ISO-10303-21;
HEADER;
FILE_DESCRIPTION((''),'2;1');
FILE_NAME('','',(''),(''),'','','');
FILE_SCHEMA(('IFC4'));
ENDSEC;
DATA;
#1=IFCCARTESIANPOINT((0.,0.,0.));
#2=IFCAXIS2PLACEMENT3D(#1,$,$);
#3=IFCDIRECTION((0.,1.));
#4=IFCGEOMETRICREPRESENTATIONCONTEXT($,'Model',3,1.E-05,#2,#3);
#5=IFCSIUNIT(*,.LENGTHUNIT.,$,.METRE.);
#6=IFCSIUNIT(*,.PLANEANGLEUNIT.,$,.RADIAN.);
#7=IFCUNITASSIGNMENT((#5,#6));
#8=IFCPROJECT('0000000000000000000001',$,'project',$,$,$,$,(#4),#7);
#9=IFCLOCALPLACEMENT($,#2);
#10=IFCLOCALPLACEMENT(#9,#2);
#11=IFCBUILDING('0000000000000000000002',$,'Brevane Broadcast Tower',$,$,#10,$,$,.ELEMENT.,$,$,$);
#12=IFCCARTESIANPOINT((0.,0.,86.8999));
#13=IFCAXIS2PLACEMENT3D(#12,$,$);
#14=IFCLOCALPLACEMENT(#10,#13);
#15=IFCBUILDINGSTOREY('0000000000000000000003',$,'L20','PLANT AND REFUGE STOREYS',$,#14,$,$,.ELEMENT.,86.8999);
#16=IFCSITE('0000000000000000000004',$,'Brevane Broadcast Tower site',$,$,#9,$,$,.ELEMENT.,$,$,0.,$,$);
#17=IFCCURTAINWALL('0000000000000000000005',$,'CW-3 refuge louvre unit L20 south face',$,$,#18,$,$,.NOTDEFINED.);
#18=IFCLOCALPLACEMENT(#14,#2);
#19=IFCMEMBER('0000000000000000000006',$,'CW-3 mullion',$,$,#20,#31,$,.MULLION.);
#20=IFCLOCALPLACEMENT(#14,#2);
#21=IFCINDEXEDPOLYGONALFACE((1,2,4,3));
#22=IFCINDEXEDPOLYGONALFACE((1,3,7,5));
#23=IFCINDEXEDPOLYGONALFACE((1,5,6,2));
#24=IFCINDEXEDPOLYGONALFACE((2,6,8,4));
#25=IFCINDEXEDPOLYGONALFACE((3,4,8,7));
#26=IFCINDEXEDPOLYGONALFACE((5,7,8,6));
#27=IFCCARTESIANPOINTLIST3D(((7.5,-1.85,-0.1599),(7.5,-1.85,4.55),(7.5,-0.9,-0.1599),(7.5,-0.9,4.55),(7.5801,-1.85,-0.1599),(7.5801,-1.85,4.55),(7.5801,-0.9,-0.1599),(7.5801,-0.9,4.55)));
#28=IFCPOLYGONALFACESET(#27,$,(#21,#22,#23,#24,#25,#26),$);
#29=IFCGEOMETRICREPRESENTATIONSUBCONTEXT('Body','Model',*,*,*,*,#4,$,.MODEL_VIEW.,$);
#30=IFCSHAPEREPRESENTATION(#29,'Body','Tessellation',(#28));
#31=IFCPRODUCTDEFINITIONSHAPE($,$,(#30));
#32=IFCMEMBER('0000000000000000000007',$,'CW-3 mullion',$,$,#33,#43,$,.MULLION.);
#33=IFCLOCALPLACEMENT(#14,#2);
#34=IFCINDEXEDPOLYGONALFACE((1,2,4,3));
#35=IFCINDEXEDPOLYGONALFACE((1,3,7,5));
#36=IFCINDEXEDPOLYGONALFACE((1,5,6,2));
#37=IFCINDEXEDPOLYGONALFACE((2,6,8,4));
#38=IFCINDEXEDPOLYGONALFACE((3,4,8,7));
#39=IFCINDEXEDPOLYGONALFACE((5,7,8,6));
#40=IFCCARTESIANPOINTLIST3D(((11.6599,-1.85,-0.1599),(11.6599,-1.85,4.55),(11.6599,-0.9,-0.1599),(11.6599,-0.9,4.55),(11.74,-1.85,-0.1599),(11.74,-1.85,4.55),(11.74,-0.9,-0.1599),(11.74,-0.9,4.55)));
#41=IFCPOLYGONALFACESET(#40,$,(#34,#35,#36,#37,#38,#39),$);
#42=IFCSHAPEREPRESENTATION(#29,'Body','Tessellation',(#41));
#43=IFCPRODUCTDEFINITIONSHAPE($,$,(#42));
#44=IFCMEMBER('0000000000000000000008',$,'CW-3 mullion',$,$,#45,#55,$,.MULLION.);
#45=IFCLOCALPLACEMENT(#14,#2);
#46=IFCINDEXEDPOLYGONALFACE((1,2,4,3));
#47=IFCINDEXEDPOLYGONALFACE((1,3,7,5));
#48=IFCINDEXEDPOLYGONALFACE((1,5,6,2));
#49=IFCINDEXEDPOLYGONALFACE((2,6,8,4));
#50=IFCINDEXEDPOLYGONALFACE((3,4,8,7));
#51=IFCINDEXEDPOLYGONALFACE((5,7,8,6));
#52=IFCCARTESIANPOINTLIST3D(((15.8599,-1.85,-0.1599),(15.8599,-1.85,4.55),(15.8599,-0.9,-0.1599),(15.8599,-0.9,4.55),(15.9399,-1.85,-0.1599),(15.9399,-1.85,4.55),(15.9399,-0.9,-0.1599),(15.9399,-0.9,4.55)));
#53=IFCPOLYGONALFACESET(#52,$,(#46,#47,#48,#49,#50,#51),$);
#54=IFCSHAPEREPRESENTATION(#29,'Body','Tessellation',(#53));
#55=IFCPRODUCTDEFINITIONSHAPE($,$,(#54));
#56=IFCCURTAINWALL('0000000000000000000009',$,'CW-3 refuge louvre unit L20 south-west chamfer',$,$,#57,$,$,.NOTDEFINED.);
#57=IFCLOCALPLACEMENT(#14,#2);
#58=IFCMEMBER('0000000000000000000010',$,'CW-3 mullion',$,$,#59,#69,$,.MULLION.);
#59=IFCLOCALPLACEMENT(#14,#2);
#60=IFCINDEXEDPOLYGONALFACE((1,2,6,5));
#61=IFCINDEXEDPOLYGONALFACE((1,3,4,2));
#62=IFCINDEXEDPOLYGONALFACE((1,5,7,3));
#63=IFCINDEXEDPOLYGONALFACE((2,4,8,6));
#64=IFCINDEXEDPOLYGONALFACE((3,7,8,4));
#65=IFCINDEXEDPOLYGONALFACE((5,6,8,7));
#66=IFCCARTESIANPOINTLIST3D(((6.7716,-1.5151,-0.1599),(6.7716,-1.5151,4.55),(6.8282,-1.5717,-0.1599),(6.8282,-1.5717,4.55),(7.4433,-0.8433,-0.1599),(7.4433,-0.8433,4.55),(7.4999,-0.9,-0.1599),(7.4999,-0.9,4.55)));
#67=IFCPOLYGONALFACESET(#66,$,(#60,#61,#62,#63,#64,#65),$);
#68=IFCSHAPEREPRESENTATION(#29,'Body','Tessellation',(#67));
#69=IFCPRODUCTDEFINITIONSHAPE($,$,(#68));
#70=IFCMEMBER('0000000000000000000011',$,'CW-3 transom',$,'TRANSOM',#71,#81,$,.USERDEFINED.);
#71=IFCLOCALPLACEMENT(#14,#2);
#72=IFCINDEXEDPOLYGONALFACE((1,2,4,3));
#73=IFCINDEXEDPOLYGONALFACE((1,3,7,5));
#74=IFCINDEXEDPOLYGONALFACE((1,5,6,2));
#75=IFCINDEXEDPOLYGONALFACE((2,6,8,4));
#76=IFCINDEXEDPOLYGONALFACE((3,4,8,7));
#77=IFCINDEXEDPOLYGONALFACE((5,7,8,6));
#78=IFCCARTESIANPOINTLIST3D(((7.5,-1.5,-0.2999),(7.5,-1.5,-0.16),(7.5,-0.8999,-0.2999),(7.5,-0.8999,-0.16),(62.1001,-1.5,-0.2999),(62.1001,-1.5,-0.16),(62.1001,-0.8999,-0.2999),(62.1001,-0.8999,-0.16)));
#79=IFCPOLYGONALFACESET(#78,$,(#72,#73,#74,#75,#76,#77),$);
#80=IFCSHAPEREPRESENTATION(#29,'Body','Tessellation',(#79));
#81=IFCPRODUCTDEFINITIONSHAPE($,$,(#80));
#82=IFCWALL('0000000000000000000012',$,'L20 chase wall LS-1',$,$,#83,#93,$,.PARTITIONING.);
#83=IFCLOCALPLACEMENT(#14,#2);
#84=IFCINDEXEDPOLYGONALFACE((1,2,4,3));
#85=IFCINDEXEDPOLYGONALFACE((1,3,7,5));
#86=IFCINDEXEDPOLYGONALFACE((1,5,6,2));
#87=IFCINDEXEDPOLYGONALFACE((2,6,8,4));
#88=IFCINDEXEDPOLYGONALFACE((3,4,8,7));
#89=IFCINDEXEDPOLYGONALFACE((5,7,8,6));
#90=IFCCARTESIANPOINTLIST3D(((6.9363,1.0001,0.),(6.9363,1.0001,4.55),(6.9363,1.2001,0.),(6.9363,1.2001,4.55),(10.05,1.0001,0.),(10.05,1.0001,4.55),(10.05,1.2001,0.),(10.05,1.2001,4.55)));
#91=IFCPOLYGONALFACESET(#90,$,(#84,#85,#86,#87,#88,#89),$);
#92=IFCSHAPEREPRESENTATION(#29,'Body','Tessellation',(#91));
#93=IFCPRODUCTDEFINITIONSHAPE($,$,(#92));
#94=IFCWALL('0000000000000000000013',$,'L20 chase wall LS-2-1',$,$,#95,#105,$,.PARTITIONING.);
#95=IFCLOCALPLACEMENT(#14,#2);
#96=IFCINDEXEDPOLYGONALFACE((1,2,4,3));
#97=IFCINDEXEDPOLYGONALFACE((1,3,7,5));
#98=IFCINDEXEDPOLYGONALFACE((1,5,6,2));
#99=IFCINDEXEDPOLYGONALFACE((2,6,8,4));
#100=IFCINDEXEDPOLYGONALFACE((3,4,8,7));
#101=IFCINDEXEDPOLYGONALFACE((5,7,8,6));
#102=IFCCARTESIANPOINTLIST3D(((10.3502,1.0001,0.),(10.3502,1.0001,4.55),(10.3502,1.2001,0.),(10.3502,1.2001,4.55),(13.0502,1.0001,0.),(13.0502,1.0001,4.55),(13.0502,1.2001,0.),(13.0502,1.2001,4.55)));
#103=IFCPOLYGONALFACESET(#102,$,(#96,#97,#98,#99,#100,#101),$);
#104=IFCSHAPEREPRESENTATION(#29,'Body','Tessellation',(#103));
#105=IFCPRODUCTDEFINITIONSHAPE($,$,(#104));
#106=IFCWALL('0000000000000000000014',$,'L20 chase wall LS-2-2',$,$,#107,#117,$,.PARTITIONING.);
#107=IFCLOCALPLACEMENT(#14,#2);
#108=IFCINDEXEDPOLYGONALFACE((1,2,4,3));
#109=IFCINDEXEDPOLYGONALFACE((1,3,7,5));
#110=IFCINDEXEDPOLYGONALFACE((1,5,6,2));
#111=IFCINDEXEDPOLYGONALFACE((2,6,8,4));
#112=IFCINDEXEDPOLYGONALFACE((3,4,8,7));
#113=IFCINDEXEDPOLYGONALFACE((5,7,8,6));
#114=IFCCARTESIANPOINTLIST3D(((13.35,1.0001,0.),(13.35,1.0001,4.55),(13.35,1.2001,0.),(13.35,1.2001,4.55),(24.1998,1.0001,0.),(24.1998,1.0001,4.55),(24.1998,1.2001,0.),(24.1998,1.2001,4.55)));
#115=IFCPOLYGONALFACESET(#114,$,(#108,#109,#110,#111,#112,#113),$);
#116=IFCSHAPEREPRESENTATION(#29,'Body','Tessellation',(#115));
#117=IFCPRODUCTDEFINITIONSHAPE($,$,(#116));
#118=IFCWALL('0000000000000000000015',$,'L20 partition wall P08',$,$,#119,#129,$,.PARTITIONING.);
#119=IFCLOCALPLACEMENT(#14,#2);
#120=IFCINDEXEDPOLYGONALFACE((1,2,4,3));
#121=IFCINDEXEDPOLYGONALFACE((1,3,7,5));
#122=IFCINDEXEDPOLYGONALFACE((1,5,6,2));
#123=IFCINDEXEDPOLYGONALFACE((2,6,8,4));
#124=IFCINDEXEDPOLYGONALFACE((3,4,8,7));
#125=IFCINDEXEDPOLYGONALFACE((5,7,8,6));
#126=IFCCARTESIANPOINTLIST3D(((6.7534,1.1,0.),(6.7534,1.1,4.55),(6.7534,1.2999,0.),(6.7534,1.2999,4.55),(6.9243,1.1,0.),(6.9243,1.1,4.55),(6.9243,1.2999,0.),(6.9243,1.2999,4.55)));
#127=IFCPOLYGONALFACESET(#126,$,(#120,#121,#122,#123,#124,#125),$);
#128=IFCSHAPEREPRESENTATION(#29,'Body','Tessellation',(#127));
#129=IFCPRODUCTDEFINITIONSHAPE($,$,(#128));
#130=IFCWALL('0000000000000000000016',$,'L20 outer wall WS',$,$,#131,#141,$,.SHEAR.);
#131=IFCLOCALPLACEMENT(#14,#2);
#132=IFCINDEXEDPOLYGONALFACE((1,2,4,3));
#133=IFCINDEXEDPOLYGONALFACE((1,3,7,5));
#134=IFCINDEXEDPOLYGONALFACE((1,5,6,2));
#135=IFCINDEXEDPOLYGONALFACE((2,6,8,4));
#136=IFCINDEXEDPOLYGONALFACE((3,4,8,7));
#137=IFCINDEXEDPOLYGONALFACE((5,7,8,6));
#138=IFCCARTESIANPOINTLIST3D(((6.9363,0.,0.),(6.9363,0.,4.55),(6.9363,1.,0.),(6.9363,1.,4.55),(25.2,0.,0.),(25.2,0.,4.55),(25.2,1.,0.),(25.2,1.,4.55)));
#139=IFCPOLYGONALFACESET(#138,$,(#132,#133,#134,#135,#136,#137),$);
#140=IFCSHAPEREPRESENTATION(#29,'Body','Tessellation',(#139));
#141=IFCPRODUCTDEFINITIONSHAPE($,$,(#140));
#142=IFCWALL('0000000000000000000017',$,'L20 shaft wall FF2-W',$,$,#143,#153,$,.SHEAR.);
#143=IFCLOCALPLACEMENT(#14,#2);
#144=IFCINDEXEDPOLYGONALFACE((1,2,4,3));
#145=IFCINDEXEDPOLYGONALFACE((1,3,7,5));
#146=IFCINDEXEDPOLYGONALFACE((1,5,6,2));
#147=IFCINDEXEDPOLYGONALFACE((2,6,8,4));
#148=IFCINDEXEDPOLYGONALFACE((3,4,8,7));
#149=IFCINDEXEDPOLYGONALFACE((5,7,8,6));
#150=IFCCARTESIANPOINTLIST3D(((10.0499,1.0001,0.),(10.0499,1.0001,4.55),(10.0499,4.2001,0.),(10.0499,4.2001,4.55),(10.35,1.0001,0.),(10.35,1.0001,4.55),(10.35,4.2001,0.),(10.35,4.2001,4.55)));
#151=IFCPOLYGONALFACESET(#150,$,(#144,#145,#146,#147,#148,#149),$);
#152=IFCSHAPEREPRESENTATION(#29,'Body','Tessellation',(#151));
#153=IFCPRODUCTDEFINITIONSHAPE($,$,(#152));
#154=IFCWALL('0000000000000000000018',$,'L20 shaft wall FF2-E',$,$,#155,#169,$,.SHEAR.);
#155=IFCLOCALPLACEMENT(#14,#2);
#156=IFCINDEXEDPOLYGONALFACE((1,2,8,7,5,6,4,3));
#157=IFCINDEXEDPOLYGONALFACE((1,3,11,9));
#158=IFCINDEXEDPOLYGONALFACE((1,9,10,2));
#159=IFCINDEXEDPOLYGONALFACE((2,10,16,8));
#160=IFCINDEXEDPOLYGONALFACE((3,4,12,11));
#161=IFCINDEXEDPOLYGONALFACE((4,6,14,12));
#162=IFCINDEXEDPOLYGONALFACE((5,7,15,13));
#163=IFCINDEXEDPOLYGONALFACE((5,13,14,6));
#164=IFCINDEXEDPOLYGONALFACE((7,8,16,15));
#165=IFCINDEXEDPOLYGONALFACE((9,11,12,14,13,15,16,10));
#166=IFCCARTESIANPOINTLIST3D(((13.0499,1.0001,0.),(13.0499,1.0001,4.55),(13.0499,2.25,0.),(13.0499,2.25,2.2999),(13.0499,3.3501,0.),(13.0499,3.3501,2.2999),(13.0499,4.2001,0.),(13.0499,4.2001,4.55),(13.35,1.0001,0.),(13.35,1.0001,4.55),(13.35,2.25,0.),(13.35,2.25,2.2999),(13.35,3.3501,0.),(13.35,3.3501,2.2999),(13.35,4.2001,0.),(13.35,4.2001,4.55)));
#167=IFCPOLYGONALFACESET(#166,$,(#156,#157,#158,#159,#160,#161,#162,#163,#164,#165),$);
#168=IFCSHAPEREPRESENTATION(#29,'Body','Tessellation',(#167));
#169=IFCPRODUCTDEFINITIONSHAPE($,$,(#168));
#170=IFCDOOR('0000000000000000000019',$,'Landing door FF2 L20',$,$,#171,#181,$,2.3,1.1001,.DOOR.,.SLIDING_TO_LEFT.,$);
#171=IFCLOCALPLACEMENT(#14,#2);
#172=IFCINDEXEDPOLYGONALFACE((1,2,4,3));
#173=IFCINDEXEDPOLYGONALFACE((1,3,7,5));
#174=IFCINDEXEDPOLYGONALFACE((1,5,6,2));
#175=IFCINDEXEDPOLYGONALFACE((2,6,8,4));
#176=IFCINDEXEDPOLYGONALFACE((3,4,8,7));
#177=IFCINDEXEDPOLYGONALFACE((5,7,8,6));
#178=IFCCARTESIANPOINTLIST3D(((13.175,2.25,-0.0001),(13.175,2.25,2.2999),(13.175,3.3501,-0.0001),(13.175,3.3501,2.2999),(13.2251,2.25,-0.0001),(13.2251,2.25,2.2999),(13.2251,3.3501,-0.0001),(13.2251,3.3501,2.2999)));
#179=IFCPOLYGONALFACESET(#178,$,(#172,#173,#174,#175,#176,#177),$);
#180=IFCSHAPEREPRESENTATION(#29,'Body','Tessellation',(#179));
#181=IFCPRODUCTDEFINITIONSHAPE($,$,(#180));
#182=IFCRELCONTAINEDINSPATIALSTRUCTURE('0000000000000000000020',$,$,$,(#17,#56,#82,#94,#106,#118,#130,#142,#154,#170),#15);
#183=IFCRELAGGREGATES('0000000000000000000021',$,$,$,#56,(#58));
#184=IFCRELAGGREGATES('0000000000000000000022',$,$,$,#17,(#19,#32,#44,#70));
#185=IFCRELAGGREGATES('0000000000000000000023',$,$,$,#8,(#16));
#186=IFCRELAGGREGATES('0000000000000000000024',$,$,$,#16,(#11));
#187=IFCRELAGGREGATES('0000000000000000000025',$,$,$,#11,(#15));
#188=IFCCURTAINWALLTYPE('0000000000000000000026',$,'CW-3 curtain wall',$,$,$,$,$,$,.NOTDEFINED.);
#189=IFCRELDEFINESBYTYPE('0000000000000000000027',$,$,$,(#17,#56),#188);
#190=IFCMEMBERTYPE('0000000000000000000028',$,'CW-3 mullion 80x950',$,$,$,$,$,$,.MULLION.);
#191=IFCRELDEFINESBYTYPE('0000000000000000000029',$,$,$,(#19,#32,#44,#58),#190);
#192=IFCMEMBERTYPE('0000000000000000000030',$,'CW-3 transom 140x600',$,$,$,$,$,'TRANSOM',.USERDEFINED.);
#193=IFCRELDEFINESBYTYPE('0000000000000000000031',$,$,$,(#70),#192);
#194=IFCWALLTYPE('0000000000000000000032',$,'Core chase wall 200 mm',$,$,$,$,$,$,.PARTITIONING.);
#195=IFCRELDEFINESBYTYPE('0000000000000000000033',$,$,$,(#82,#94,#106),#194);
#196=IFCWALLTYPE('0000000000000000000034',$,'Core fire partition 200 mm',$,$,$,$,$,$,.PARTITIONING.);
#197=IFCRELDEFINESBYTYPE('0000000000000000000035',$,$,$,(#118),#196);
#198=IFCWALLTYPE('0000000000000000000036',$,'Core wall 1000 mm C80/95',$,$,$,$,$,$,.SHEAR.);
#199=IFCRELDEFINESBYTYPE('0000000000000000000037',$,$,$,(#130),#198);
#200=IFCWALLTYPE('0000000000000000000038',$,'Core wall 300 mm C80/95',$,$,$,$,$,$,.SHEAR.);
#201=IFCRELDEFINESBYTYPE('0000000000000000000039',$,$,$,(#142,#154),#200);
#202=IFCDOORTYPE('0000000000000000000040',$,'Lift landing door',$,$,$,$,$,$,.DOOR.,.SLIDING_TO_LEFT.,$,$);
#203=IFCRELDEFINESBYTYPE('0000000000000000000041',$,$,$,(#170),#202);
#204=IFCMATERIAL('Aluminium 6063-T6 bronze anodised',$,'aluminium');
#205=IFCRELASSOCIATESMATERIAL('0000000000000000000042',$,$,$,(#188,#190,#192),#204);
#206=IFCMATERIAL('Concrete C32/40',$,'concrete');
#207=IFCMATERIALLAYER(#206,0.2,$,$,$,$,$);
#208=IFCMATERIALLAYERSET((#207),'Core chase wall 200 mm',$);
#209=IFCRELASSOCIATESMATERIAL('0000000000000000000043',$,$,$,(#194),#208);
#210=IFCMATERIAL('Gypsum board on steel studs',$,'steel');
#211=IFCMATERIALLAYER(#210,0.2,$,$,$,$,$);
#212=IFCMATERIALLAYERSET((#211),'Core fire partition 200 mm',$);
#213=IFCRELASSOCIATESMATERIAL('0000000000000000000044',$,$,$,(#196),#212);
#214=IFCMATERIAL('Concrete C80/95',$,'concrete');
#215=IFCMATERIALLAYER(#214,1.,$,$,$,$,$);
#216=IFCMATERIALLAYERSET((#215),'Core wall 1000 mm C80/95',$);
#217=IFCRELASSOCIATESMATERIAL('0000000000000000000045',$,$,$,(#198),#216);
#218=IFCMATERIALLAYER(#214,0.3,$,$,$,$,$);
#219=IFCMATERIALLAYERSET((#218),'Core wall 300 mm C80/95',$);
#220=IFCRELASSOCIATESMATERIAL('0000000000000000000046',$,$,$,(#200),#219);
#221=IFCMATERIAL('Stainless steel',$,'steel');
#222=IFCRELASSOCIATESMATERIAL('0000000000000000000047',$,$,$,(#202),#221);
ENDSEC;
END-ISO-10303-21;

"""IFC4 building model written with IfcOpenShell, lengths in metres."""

from ifc_helpers import new_model, si_unit, direction, frame, frame_2d, origin, origin_2d, place, context, subcontext, project, spatial, rectangle, extrude, material, layer, layer_set, material_profile, profile_set, type_object, element, fill, aggregate, save


model = new_model("IFC4")

# Units and contexts
model_context = context("Model", 3, precision=1e-05, world=origin(), true_north=direction((0.0, 1.0)))
body_context = subcontext(model_context, "Body", "Model", "MODEL_VIEW")
ifc_project = project(units=[si_unit("LENGTHUNIT", "METRE"), si_unit("PLANEANGLEUNIT", "RADIAN")], contexts=[model_context])

# Site, building, storey
site_placement = place(None, origin())
site = spatial("IfcSite", under=ifc_project, at=site_placement, Name="Brevane Broadcast Tower site", CompositionType="ELEMENT", RefElevation=0.0)
building_placement = place(site_placement, origin())
building = spatial("IfcBuilding", under=site, at=building_placement, Name="Brevane Broadcast Tower", CompositionType="ELEMENT")
storey_placement = place(building_placement, frame((0.0, 0.0, 86.8999)))
storey = spatial("IfcBuildingStorey", under=building, at=storey_placement, Name="L20", Description="PLANT AND REFUGE STOREYS", CompositionType="ELEMENT", Elevation=86.8999)

# Curtain wall, members
ifc_material_1 = material(Name="Aluminium 6063-T6 bronze anodised", Category="aluminium")
curtain_wall_type = type_object("IfcCurtainWallType", Name="CW-3 curtain wall", PredefinedType="NOTDEFINED", material=ifc_material_1)
curtain_wall_1_placement = place(storey_placement, origin())
curtain_wall_1 = element("IfcCurtainWall", 1, at=curtain_wall_1_placement, inside=storey, type_object=curtain_wall_type, Name="CW-3 refuge louvre unit L20 south face", PredefinedType="NOTDEFINED")
ifc_material_profile_1 = material_profile(ifc_material_1, rectangle(XDim=0.95, YDim=0.0801, at=origin_2d()), Name="RECT 80x950")
ifc_profile_set_1 = profile_set([ifc_material_profile_1], Name="Aluminium 6063-T6 bronze anodised")
member_type_1 = type_object("IfcMemberType", Name="CW-3 mullion 80x950", PredefinedType="MULLION", material=ifc_profile_set_1)
member_1_placement = place(storey_placement, frame((7.54, -1.375, -0.1599), z_axis=(0.0, 0.0, 1.0), x_axis=(0.0, 1.0, 0.0)))
member_1 = element("IfcMember", 2, at=member_1_placement, type_object=member_type_1, Name="CW-3 mullion", PredefinedType="MULLION", context=body_context, shape_type="SweptSolid", body=[
    extrude(rectangle(XDim=0.95, YDim=0.0801, at=origin_2d()), origin(), (0.0, 0.0, 1.0), 4.71),
])
member_2_placement = place(storey_placement, frame((11.7, -1.375, -0.1599), z_axis=(0.0, 0.0, 1.0), x_axis=(0.0, 1.0, 0.0)))
member_2 = element("IfcMember", 3, at=member_2_placement, type_object=member_type_1, Name="CW-3 mullion", PredefinedType="MULLION", context=body_context, shape_type="SweptSolid", body=[
    extrude(rectangle(XDim=0.95, YDim=0.0801, at=origin_2d()), origin(), (0.0, 0.0, 1.0), 4.71),
])
member_3_placement = place(storey_placement, frame((15.8999, -1.375, -0.1599), z_axis=(0.0, 0.0, 1.0), x_axis=(0.0, 1.0, 0.0)))
member_3 = element("IfcMember", 4, at=member_3_placement, type_object=member_type_1, Name="CW-3 mullion", PredefinedType="MULLION", context=body_context, shape_type="SweptSolid", body=[
    extrude(rectangle(XDim=0.95, YDim=0.0801, at=origin_2d()), origin(), (0.0, 0.0, 1.0), 4.71),
])

# Curtain wall, member
curtain_wall_2_placement = place(storey_placement, origin())
curtain_wall_2 = element("IfcCurtainWall", 5, at=curtain_wall_2_placement, inside=storey, type_object=curtain_wall_type, Name="CW-3 refuge louvre unit L20 south-west chamfer", PredefinedType="NOTDEFINED")
member_4_placement = place(storey_placement, frame((7.1357, -1.2075, -0.1599), z_axis=(0.0, 0.0, 1.0), x_axis=(0.707107, 0.707107, 0.0)))
member_4 = element("IfcMember", 6, at=member_4_placement, type_object=member_type_1, Name="CW-3 mullion", PredefinedType="MULLION", context=body_context, shape_type="SweptSolid", body=[
    extrude(rectangle(XDim=0.95, YDim=0.0801, at=origin_2d()), origin(), (0.0, 0.0, 1.0), 4.71),
])
aggregate(curtain_wall_2, [member_4])

# Member
ifc_material_profile_2 = material_profile(ifc_material_1, rectangle(XDim=0.6001, YDim=0.1399, at=origin_2d()), Name="RECT 140x600")
ifc_profile_set_2 = profile_set([ifc_material_profile_2], Name="Aluminium 6063-T6 bronze anodised")
member_type_2 = type_object("IfcMemberType", Name="CW-3 transom 140x600", ElementType="TRANSOM", PredefinedType="USERDEFINED", material=ifc_profile_set_2)
member_5_placement = place(storey_placement, frame((7.5, -1.2, -0.23), z_axis=(1.0, 0.0, 0.0), x_axis=(0.0, 1.0, 0.0)))
member_5 = element("IfcMember", 7, at=member_5_placement, type_object=member_type_2, Name="CW-3 transom", ObjectType="TRANSOM", PredefinedType="USERDEFINED", context=body_context, shape_type="SweptSolid", body=[
    extrude(rectangle(XDim=0.6001, YDim=0.1399, at=origin_2d()), origin(), (0.0, 0.0, 1.0), 54.6001),
])
aggregate(curtain_wall_1, [member_1, member_2, member_3, member_5])

# Walls
ifc_material_2 = material(Name="Concrete C32/40", Category="concrete")
ifc_layer_1 = layer(ifc_material_2, 0.2)
ifc_layer_set_1 = layer_set([ifc_layer_1], Name="Core chase wall 200 mm")
wall_type_1 = type_object("IfcWallType", Name="Core chase wall 200 mm", PredefinedType="PARTITIONING", material=ifc_layer_set_1)
wall_1_placement = place(storey_placement, frame((6.9363, 1.1001, 0.0), z_axis=(0.0, 0.0, 1.0), x_axis=(1.0, 0.0, 0.0)))
element("IfcWall", 8, at=wall_1_placement, inside=storey, type_object=wall_type_1, Name="L20 chase wall LS-1", PredefinedType="PARTITIONING", context=body_context, shape_type="SweptSolid", body=[
    extrude(rectangle(XDim=3.1138, YDim=0.2, at=frame_2d((1.5569, 0.0))), origin(), (0.0, 0.0, 1.0), 4.55),
])
wall_2_placement = place(storey_placement, frame((10.3501, 1.1001, 0.0), z_axis=(0.0, 0.0, 1.0), x_axis=(1.0, 0.0, 0.0)))
element("IfcWall", 9, at=wall_2_placement, inside=storey, type_object=wall_type_1, Name="L20 chase wall LS-2-1", PredefinedType="PARTITIONING", context=body_context, shape_type="SweptSolid", body=[
    extrude(rectangle(XDim=2.7, YDim=0.2, at=frame_2d((1.3501, 0.0))), origin(), (0.0, 0.0, 1.0), 4.55),
])
wall_3_placement = place(storey_placement, frame((13.3501, 1.1001, 0.0), z_axis=(0.0, 0.0, 1.0), x_axis=(1.0, 0.0, 0.0)))
element("IfcWall", 10, at=wall_3_placement, inside=storey, type_object=wall_type_1, Name="L20 chase wall LS-2-2", PredefinedType="PARTITIONING", context=body_context, shape_type="SweptSolid", body=[
    extrude(rectangle(XDim=10.8499, YDim=0.2, at=frame_2d((5.4248, 0.0))), origin(), (0.0, 0.0, 1.0), 4.55),
])
ifc_material_3 = material(Name="Gypsum board on steel studs", Category="steel")
ifc_layer_2 = layer(ifc_material_3, 0.2)
ifc_layer_set_2 = layer_set([ifc_layer_2], Name="Core fire partition 200 mm")
wall_type_2 = type_object("IfcWallType", Name="Core fire partition 200 mm", PredefinedType="PARTITIONING", material=ifc_layer_set_2)
wall_4_placement = place(storey_placement, frame((6.9243, 1.2, 0.0), z_axis=(0.0, 0.0, 1.0), x_axis=(-1.0, 0.0, 0.0)))
element("IfcWall", 11, at=wall_4_placement, inside=storey, type_object=wall_type_2, Name="L20 partition wall P08", PredefinedType="PARTITIONING", context=body_context, shape_type="SweptSolid", body=[
    extrude(rectangle(XDim=0.1709, YDim=0.2, at=frame_2d((0.0854, 0.0))), origin(), (0.0, 0.0, 1.0), 4.55),
])
ifc_material_4 = material(Name="Concrete C80/95", Category="concrete")
ifc_layer_3 = layer(ifc_material_4, 1.0)
ifc_layer_set_3 = layer_set([ifc_layer_3], Name="Core wall 1000 mm C80/95")
wall_type_3 = type_object("IfcWallType", Name="Core wall 1000 mm C80/95", PredefinedType="SHEAR", material=ifc_layer_set_3)
wall_5_placement = place(storey_placement, frame((6.9363, 0.5, 0.0), z_axis=(0.0, 0.0, 1.0), x_axis=(1.0, 0.0, 0.0)))
element("IfcWall", 12, at=wall_5_placement, inside=storey, type_object=wall_type_3, Name="L20 outer wall WS", PredefinedType="SHEAR", context=body_context, shape_type="SweptSolid", body=[
    extrude(rectangle(XDim=18.2637, YDim=1.0, at=frame_2d((9.1318, 0.0))), origin(), (0.0, 0.0, 1.0), 4.55),
])
ifc_layer_4 = layer(ifc_material_4, 0.3)
ifc_layer_set_4 = layer_set([ifc_layer_4], Name="Core wall 300 mm C80/95")
wall_type_4 = type_object("IfcWallType", Name="Core wall 300 mm C80/95", PredefinedType="SHEAR", material=ifc_layer_set_4)
wall_6_placement = place(storey_placement, frame((10.2, 1.0, 0.0), z_axis=(0.0, 0.0, 1.0), x_axis=(0.0, 1.0, 0.0)))
element("IfcWall", 13, at=wall_6_placement, inside=storey, type_object=wall_type_4, Name="L20 shaft wall FF2-W", PredefinedType="SHEAR", context=body_context, shape_type="SweptSolid", body=[
    extrude(rectangle(XDim=3.2, YDim=0.3, at=frame_2d((1.6001, 0.0))), origin(), (0.0, 0.0, 1.0), 4.55),
])

# Wall, opening, door
wall_7_placement = place(storey_placement, frame((13.2, 1.0, 0.0), z_axis=(0.0, 0.0, 1.0), x_axis=(0.0, 1.0, 0.0)))
wall_7 = element("IfcWall", 14, at=wall_7_placement, inside=storey, type_object=wall_type_4, Name="L20 shaft wall FF2-E", PredefinedType="SHEAR", context=body_context, shape_type="SweptSolid", body=[
    extrude(rectangle(XDim=3.2, YDim=0.3, at=frame_2d((1.6001, 0.0))), origin(), (0.0, 0.0, 1.0), 4.55),
])
opening_1_placement = place(wall_7_placement, frame((1.25, 0.0, 0.0)))
opening_1 = element("IfcOpeningElement", 15, at=opening_1_placement, cuts=wall_7, PredefinedType="OPENING", context=body_context, shape_type="SweptSolid", body=[
    extrude(rectangle(XDim=1.1001, YDim=2.3, at=frame_2d((0.55, 1.1499))), frame((0.0, 0.1599, 0.0), z_axis=(0.0, -1.0, 0.0), x_axis=(1.0, 0.0, 0.0)), (0.0, 0.0, 1.0), 0.3201),
])
ifc_material_5 = material(Name="Stainless steel", Category="steel")
door_type_1 = type_object("IfcDoorType", Name="Lift landing door", OperationType="SLIDING_TO_LEFT", PredefinedType="DOOR", material=ifc_material_5)
door_1_placement = place(opening_1_placement, origin())
door_1 = element("IfcDoor", 16, at=door_1_placement, inside=storey, type_object=door_type_1, Name="Landing door FF2 L20", OperationType="SLIDING_TO_LEFT", OverallHeight=2.3, OverallWidth=1.1001, PredefinedType="DOOR", context=body_context, shape_type="SweptSolid", body=[
    extrude(rectangle(XDim=1.1001, YDim=2.3, at=frame_2d((0.55, 1.1499))), frame((0.0, 0.0249, 0.0), z_axis=(0.0, -1.0, 0.0), x_axis=(1.0, 0.0, 0.0)), (0.0, 0.0, 1.0), 0.05),
])
fill(opening_1, door_1)

save(model, "model.ifc")
